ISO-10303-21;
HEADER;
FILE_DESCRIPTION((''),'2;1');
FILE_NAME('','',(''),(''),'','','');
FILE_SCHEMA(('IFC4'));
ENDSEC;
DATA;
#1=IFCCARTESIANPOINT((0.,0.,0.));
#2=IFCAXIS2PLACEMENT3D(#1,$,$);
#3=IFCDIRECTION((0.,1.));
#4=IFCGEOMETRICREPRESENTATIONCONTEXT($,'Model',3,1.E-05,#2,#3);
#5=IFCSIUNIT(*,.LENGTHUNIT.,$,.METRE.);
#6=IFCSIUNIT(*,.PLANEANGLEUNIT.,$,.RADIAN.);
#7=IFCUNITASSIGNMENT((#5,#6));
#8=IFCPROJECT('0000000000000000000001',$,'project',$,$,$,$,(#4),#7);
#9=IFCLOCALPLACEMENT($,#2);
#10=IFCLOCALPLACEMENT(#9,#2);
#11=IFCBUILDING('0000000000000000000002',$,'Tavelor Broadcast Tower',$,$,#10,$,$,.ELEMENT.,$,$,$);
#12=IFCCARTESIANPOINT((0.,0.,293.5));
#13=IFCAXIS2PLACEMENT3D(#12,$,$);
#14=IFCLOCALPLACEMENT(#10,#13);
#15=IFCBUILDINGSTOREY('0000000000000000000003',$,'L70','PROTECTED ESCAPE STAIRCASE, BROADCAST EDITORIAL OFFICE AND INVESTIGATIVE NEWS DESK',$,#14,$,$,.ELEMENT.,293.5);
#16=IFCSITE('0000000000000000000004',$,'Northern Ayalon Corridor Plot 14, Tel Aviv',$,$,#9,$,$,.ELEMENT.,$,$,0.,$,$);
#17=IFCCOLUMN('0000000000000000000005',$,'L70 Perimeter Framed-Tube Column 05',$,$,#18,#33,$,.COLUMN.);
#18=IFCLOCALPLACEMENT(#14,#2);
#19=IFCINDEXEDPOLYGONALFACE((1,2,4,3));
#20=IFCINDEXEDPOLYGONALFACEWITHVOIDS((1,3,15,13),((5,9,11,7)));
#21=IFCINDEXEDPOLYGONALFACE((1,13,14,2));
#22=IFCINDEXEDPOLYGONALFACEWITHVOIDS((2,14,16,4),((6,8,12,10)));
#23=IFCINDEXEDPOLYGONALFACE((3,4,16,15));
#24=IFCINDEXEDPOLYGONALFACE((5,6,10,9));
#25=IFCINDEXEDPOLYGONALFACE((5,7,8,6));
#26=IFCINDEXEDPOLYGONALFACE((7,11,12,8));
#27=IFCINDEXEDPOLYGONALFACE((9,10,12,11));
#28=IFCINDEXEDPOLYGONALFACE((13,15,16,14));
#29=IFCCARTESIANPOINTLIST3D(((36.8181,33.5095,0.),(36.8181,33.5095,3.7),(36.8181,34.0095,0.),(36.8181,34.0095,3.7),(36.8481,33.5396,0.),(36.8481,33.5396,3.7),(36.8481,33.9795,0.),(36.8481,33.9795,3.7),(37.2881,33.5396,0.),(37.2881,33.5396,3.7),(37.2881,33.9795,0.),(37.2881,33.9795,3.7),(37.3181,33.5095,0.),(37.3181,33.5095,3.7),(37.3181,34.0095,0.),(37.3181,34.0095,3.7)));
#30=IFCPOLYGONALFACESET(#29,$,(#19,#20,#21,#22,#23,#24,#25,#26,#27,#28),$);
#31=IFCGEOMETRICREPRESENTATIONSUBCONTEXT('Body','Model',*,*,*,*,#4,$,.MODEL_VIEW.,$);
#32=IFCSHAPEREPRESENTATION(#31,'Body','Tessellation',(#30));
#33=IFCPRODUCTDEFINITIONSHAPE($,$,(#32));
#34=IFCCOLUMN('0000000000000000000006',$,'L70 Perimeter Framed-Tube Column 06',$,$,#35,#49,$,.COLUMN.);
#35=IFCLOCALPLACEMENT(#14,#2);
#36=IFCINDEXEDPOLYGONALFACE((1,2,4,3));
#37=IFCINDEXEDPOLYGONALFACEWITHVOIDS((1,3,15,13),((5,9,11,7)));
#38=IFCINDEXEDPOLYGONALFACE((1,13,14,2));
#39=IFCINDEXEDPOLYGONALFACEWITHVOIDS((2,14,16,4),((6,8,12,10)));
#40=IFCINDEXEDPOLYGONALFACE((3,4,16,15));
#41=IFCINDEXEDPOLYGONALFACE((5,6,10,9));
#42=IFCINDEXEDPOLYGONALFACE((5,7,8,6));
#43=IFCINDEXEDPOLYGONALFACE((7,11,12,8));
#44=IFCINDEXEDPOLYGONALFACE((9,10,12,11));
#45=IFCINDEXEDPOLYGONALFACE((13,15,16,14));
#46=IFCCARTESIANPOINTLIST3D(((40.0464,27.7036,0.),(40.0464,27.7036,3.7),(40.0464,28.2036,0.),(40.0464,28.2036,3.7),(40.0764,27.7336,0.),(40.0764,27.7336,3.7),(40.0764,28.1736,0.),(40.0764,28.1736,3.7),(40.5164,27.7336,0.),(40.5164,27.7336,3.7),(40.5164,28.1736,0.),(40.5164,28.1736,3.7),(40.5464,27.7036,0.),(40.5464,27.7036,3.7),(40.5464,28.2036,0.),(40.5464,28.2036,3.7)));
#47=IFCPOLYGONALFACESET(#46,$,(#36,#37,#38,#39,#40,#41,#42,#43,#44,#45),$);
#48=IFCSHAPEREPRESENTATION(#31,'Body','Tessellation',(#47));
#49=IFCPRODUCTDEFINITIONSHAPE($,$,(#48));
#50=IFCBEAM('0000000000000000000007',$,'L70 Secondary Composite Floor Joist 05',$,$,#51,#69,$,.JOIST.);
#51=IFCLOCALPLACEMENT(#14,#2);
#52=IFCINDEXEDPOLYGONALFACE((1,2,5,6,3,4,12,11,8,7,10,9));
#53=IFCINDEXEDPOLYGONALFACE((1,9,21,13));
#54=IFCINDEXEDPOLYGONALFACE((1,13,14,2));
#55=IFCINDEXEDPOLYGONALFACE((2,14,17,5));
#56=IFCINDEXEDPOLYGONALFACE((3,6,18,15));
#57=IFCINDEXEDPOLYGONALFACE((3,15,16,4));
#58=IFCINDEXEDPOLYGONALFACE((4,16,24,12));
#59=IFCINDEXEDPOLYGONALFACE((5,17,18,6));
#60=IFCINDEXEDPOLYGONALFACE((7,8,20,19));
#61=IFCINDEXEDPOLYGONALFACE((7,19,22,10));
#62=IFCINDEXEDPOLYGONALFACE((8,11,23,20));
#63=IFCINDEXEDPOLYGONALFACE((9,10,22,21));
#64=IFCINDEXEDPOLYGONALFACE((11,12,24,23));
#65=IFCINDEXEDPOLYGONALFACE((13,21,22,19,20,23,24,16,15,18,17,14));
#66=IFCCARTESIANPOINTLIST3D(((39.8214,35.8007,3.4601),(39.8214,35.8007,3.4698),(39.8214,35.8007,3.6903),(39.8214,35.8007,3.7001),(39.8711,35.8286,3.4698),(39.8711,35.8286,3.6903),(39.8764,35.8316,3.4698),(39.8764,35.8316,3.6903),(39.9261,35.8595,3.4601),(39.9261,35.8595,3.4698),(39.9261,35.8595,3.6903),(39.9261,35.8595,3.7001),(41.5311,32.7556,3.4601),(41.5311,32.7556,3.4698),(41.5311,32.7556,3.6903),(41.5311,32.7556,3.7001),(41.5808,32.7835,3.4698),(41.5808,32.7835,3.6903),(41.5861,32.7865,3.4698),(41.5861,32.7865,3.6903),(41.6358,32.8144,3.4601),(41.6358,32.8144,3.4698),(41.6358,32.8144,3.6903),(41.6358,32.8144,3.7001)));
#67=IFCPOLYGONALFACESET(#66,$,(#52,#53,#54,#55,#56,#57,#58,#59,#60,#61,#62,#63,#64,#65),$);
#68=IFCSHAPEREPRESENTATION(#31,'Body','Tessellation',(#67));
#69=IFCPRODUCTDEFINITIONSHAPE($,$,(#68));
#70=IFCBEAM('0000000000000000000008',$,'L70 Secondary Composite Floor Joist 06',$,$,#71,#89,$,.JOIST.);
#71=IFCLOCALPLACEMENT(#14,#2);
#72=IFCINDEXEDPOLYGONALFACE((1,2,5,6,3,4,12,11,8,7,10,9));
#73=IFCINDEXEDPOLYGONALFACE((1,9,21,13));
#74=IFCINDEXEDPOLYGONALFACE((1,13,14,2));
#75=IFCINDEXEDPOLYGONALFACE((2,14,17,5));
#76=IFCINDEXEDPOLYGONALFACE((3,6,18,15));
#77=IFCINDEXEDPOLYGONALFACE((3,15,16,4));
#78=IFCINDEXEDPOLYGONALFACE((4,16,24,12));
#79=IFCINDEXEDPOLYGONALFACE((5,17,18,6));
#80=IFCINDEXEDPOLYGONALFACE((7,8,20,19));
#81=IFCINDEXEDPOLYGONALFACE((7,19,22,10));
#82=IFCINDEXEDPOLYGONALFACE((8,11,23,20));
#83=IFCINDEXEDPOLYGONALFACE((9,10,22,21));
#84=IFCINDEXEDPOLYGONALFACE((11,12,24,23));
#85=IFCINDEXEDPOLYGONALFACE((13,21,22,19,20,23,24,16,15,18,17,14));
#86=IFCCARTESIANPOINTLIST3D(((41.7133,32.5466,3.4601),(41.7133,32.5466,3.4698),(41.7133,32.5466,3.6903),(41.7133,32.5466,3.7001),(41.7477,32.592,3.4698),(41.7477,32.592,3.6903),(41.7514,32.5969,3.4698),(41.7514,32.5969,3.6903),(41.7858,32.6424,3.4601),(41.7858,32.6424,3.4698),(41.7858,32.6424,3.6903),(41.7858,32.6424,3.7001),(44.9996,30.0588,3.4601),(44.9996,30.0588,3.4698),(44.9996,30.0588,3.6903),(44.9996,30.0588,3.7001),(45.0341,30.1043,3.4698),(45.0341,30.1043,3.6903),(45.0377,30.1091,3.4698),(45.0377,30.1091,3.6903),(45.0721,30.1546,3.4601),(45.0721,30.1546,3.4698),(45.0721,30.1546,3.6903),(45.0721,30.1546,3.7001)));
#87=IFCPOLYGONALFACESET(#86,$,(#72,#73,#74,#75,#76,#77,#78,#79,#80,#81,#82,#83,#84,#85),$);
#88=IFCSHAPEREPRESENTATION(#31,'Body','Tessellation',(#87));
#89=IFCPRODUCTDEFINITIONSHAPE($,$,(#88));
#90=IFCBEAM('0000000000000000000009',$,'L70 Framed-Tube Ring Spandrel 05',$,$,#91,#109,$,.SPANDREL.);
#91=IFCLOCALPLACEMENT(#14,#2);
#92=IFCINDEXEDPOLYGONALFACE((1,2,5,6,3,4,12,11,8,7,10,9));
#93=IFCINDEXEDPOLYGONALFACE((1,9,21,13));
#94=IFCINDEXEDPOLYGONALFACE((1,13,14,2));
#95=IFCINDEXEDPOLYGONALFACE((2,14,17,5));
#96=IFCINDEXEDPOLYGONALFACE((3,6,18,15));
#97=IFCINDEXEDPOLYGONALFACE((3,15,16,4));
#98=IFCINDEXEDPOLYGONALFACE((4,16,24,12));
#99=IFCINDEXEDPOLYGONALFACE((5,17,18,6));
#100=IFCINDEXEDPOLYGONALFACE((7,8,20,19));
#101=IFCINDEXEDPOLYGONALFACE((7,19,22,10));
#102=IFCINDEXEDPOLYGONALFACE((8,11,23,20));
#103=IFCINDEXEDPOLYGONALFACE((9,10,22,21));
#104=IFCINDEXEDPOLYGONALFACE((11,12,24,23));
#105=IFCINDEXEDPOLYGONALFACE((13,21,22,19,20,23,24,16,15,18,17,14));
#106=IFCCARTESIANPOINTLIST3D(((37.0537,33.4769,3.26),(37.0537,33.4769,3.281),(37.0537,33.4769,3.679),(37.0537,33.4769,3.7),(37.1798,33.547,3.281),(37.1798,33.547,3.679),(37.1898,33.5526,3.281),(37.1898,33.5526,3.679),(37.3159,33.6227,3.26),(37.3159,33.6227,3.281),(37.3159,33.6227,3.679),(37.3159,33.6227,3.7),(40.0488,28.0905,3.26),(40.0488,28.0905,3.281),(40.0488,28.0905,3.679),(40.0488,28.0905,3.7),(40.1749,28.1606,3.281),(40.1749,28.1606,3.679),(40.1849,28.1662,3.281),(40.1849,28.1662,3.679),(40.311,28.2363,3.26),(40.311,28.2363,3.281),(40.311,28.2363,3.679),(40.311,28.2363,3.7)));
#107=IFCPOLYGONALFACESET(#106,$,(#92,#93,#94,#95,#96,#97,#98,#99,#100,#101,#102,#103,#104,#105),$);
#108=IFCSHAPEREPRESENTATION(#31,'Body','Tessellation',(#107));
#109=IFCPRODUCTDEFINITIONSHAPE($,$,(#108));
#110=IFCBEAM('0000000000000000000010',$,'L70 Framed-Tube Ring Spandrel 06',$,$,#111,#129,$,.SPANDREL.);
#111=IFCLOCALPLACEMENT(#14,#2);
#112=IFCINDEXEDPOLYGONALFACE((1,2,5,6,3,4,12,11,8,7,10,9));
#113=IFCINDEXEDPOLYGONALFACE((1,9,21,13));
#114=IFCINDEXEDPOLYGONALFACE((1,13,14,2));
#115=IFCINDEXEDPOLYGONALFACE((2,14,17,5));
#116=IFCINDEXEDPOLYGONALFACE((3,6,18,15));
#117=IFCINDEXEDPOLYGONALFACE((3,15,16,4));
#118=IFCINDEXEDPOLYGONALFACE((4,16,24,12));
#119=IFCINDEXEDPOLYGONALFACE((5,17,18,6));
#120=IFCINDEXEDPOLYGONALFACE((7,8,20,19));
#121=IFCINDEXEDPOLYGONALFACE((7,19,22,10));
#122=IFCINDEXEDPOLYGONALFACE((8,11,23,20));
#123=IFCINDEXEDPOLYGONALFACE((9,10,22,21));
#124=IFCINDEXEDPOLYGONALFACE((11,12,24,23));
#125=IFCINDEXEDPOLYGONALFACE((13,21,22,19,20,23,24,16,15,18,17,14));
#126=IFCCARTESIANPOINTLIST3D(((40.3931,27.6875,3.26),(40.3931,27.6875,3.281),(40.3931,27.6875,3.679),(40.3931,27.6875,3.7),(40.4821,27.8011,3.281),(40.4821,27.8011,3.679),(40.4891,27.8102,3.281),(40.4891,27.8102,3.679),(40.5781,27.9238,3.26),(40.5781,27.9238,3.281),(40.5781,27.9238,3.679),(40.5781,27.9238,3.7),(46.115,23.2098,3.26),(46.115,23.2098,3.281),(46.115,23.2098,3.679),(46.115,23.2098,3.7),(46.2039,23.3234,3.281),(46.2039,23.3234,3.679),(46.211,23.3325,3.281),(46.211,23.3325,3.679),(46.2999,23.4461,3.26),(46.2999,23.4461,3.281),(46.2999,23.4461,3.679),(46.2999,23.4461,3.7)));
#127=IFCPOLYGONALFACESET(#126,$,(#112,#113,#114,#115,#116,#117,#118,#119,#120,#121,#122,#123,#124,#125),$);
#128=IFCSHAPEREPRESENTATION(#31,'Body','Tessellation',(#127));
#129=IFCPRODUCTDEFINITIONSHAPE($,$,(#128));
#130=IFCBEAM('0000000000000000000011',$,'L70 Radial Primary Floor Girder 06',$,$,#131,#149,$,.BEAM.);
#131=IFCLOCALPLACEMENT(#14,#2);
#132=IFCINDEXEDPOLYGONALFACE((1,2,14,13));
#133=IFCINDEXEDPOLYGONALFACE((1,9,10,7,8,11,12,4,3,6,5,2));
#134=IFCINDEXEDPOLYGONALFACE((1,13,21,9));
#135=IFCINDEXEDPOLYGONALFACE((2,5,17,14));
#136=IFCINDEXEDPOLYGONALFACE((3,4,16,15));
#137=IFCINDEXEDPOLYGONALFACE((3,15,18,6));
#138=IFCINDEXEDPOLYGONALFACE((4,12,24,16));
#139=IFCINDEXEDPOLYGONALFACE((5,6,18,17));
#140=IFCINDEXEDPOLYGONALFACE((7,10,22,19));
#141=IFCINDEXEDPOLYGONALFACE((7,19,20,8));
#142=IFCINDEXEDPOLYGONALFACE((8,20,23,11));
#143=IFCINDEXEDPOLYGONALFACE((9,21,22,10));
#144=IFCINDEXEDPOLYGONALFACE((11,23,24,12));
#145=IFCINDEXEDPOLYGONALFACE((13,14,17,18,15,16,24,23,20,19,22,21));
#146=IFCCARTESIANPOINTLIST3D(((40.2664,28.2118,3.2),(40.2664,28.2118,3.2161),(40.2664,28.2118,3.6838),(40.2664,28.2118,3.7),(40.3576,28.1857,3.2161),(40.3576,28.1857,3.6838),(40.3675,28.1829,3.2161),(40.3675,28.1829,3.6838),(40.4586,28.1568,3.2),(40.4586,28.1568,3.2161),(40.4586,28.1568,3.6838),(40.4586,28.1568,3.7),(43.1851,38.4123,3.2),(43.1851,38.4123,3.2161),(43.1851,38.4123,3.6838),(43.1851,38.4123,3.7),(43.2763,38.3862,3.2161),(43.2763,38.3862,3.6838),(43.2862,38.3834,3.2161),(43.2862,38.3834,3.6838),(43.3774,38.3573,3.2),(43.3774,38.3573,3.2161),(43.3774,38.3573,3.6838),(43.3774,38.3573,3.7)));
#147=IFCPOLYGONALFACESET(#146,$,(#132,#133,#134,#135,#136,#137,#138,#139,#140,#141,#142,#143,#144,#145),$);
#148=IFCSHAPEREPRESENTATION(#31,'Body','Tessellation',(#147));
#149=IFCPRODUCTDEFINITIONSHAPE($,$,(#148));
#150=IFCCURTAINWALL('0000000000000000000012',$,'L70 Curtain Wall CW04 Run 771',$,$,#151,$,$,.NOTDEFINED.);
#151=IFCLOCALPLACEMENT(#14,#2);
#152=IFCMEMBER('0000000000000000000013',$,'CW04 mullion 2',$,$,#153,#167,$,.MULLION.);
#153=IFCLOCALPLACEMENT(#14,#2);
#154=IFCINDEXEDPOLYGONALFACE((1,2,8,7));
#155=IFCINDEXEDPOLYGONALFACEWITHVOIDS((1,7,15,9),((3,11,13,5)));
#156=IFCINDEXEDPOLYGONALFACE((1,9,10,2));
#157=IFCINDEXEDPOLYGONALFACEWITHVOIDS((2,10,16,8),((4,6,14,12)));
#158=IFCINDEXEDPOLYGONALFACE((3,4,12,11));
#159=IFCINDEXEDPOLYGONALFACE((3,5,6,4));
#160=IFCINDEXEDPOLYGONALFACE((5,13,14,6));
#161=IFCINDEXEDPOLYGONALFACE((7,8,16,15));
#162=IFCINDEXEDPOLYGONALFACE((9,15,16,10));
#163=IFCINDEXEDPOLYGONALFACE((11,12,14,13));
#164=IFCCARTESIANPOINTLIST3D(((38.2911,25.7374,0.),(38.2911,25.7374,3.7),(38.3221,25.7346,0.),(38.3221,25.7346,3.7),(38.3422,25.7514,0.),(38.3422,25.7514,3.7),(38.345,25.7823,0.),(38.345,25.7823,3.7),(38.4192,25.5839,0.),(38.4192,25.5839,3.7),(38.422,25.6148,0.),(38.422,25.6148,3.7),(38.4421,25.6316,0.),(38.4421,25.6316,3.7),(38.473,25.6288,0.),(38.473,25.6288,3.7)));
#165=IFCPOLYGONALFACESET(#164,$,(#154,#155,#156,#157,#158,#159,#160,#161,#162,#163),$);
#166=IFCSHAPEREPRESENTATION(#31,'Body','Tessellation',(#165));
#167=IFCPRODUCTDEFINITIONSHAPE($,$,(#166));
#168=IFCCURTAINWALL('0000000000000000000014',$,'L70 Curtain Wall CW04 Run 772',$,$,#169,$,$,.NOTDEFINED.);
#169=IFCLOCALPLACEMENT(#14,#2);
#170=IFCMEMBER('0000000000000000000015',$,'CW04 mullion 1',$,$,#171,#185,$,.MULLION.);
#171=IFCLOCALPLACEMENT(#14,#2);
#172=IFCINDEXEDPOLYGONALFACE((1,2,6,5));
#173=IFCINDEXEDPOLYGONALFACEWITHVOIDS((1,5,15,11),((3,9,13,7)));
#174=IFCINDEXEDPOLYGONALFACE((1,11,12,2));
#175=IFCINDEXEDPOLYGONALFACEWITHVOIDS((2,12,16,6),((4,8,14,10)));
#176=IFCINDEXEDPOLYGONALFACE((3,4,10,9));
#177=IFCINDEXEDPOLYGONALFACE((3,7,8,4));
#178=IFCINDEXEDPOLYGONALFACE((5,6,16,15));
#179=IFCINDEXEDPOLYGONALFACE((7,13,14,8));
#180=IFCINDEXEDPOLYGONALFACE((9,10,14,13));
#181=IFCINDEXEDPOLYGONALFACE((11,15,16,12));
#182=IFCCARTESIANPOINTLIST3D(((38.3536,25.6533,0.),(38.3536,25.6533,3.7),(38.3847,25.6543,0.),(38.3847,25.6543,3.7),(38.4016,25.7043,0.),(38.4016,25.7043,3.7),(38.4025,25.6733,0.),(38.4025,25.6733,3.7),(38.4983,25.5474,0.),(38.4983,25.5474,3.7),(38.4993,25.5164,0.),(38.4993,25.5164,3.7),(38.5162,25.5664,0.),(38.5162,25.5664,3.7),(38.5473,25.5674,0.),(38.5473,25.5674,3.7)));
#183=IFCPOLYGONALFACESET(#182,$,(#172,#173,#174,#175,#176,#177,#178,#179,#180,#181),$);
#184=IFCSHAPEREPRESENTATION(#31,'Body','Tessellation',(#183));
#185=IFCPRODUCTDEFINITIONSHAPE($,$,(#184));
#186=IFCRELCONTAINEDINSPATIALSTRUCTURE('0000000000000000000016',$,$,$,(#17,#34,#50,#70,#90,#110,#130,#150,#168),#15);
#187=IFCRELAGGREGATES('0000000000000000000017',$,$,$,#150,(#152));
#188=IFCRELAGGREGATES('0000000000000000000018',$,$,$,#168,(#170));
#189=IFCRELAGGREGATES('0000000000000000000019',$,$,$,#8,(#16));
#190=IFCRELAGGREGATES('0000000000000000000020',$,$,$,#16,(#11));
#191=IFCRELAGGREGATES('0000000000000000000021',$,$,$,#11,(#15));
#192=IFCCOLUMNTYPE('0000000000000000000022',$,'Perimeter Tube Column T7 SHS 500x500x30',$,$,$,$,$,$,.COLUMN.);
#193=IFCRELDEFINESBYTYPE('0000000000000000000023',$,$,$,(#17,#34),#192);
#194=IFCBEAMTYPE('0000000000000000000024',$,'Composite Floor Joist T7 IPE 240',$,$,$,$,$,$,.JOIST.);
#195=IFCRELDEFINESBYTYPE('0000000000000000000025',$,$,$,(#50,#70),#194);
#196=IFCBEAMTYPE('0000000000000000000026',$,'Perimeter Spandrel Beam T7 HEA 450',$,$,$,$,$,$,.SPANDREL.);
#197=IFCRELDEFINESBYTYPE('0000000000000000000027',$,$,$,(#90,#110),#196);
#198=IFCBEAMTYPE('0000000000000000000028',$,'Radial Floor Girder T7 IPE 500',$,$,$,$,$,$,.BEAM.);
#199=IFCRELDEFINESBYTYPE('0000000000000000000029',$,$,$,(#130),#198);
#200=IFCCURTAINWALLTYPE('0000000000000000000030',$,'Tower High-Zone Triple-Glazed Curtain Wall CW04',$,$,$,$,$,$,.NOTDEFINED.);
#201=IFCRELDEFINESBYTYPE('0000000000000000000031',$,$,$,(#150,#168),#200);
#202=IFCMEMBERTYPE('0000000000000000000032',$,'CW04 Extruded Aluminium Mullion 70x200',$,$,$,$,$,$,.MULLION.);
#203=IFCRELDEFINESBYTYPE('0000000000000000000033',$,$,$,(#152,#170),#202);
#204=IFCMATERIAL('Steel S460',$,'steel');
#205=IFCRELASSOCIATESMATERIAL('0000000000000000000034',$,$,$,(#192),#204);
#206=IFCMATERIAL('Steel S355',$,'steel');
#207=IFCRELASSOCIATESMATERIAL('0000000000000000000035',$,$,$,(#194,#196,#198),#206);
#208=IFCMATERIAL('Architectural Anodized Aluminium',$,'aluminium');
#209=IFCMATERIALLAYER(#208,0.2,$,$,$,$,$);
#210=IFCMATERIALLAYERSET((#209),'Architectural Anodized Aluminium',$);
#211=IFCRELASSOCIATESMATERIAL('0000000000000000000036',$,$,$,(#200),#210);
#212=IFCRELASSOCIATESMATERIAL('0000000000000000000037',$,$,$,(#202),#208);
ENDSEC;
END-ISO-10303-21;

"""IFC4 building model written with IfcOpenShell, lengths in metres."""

from ifc_helpers import new_model, si_unit, direction, frame, origin, origin_2d, place, context, subcontext, project, spatial, hollow_rectangle, i_section, extrude, source, transform, mapped, material, layer, layer_set, material_profile, profile_set, type_object, type_shapes, element, aggregate, save


model = new_model("IFC4")

# Units and contexts
model_context = context("Model", 3, precision=1e-05, world=origin(), true_north=direction((0.0, 1.0)))
body_context = subcontext(model_context, "Body", "Model", "MODEL_VIEW")
ifc_project = project(units=[si_unit("LENGTHUNIT", "METRE"), si_unit("PLANEANGLEUNIT", "RADIAN")], contexts=[model_context])

# Site, building, storey
site_placement = place(None, origin())
site = spatial("IfcSite", under=ifc_project, at=site_placement, Name="Northern Ayalon Corridor Plot 14, Tel Aviv", CompositionType="ELEMENT", RefElevation=0.0)
building_placement = place(site_placement, origin())
building = spatial("IfcBuilding", under=site, at=building_placement, Name="Tavelor Broadcast Tower", CompositionType="ELEMENT")
storey_placement = place(building_placement, frame((0.0, 0.0, 293.5)))
storey = spatial("IfcBuildingStorey", under=building, at=storey_placement, Name="L70", Description="PROTECTED ESCAPE STAIRCASE, BROADCAST EDITORIAL OFFICE AND INVESTIGATIVE NEWS DESK", CompositionType="ELEMENT", Elevation=293.5)

# Columns
ifc_material_1 = material(Name="Steel S460", Category="steel")
ifc_material_profile_1 = material_profile(ifc_material_1, hollow_rectangle(XDim=0.5, YDim=0.5, WallThickness=0.03, at=origin_2d()), Name="SHS 500x500x30")
ifc_profile_set_1 = profile_set([ifc_material_profile_1], Name="Steel S460")
column_type = type_object("IfcColumnType", Name="Perimeter Tube Column T7 SHS 500x500x30", PredefinedType="COLUMN", material=ifc_profile_set_1)
for number, where, z_axis, x_axis, name in (
    (1, (37.0681, 33.7595, 0.0), (0.0, 0.0, 1.0), (1.0, 0.0, 0.0), "L70 Perimeter Framed-Tube Column 05"),
    (2, (40.2964, 27.9536, 0.0), (0.0, 0.0, 1.0), (1.0, 0.0, 0.0), "L70 Perimeter Framed-Tube Column 06"),
):
    element("IfcColumn", number, at=place(storey_placement, frame(where, z_axis=z_axis, x_axis=x_axis)), inside=storey, type_object=column_type, Name=name, PredefinedType="COLUMN", context=body_context, shape_type="SweptSolid", body=[
        extrude(hollow_rectangle(XDim=0.5, YDim=0.5, WallThickness=0.03, at=origin_2d()), origin(), (0.0, 0.0, 1.0), 3.7),
    ])

# Beams
ifc_material_2 = material(Name="Steel S355", Category="steel")
ifc_material_profile_2 = material_profile(ifc_material_2, i_section(OverallWidth=0.1201, OverallDepth=0.24, WebThickness=0.0061, FlangeThickness=0.0098, at=origin_2d()), Name="IPE 240")
ifc_profile_set_2 = profile_set([ifc_material_profile_2], Name="Steel S355")
beam_type_1 = type_object("IfcBeamType", Name="Composite Floor Joist T7 IPE 240", PredefinedType="JOIST", material=ifc_profile_set_2)
beam_1_placement = place(storey_placement, frame((39.8738, 35.8301, 3.5801), z_axis=(0.489567, -0.871965, 0.0), x_axis=(0.871965, 0.489567, 0.0)))
element("IfcBeam", 3, at=beam_1_placement, inside=storey, type_object=beam_type_1, Name="L70 Secondary Composite Floor Joist 05", PredefinedType="JOIST", context=body_context, shape_type="SweptSolid", body=[
    extrude(i_section(OverallWidth=0.1201, OverallDepth=0.24, WebThickness=0.0061, FlangeThickness=0.0098, at=origin_2d()), origin(), (0.0, 0.0, 1.0), 3.4922),
])
beam_2_placement = place(storey_placement, frame((41.7495, 32.5945, 3.5801), z_axis=(0.797312, -0.603567, 0.0), x_axis=(0.603567, 0.797312, 0.0)))
element("IfcBeam", 4, at=beam_2_placement, inside=storey, type_object=beam_type_1, Name="L70 Secondary Composite Floor Joist 06", PredefinedType="JOIST", context=body_context, shape_type="SweptSolid", body=[
    extrude(i_section(OverallWidth=0.1201, OverallDepth=0.24, WebThickness=0.0061, FlangeThickness=0.0098, at=origin_2d()), origin(), (0.0, 0.0, 1.0), 4.1218),
])
ifc_material_profile_3 = material_profile(ifc_material_2, i_section(OverallWidth=0.3, OverallDepth=0.4399, WebThickness=0.0115, FlangeThickness=0.021, at=origin_2d()), Name="HEA 450")
ifc_profile_set_3 = profile_set([ifc_material_profile_3], Name="Steel S355")
beam_type_2 = type_object("IfcBeamType", Name="Perimeter Spandrel Beam T7 HEA 450", PredefinedType="SPANDREL", material=ifc_profile_set_3)
beam_3_placement = place(storey_placement, frame((37.1848, 33.5498, 3.48), z_axis=(0.485969, -0.873976, 0.0), x_axis=(0.873976, 0.485969, 0.0)))
element("IfcBeam", 5, at=beam_3_placement, inside=storey, type_object=beam_type_2, Name="L70 Framed-Tube Ring Spandrel 05", PredefinedType="SPANDREL", context=body_context, shape_type="SweptSolid", body=[
    extrude(i_section(OverallWidth=0.3, OverallDepth=0.4399, WebThickness=0.0115, FlangeThickness=0.021, at=origin_2d()), origin(), (0.0, 0.0, 1.0), 6.1631),
])
beam_4_placement = place(storey_placement, frame((40.4856, 27.8057, 3.48), z_axis=(0.787521, -0.616287, 0.0), x_axis=(0.616287, 0.787521, 0.0)))
element("IfcBeam", 6, at=beam_4_placement, inside=storey, type_object=beam_type_2, Name="L70 Framed-Tube Ring Spandrel 06", PredefinedType="SPANDREL", context=body_context, shape_type="SweptSolid", body=[
    extrude(i_section(OverallWidth=0.3, OverallDepth=0.4399, WebThickness=0.0115, FlangeThickness=0.021, at=origin_2d()), origin(), (0.0, 0.0, 1.0), 7.2656),
])
ifc_material_profile_4 = material_profile(ifc_material_2, i_section(OverallWidth=0.2, OverallDepth=0.5, WebThickness=0.0103, FlangeThickness=0.0161, at=origin_2d()), Name="IPE 500")
ifc_profile_set_4 = profile_set([ifc_material_profile_4], Name="Steel S355")
beam_type_3 = type_object("IfcBeamType", Name="Radial Floor Girder T7 IPE 500", PredefinedType="BEAM", material=ifc_profile_set_4)
beam_5_placement = place(storey_placement, frame((43.2812, 38.3848, 3.45), z_axis=(-0.275095, -0.961417, 0.0), x_axis=(0.961417, -0.275095, 0.0)))
element("IfcBeam", 7, at=beam_5_placement, inside=storey, type_object=beam_type_3, Name="L70 Radial Primary Floor Girder 06", PredefinedType="BEAM", context=body_context, shape_type="SweptSolid", body=[
    extrude(i_section(OverallWidth=0.2, OverallDepth=0.5, WebThickness=0.0103, FlangeThickness=0.0161, at=origin_2d()), origin(), (0.0, 0.0, 1.0), 10.6099),
])

# Curtain wall, member
ifc_material_3 = material(Name="Architectural Anodized Aluminium", Category="aluminium")
ifc_layer_1 = layer(ifc_material_3, 0.2)
ifc_layer_set_1 = layer_set([ifc_layer_1], Name="Architectural Anodized Aluminium")
curtain_wall_type = type_object("IfcCurtainWallType", Name="Tower High-Zone Triple-Glazed Curtain Wall CW04", PredefinedType="NOTDEFINED", material=ifc_layer_set_1)
curtain_wall_1_placement = place(storey_placement, origin())
curtain_wall_1 = element("IfcCurtainWall", 8, at=curtain_wall_1_placement, inside=storey, type_object=curtain_wall_type, Name="L70 Curtain Wall CW04 Run 771", PredefinedType="NOTDEFINED")
ifc_material_profile_5 = material_profile(ifc_material_3, hollow_rectangle(XDim=0.0701, YDim=0.2, WallThickness=0.022, at=origin_2d()), Name="RHS 70x200x22")
ifc_profile_set_5 = profile_set([ifc_material_profile_5], Name="Architectural Anodized Aluminium")
member_type_1 = type_object("IfcMemberType", Name="CW04 Extruded Aluminium Mullion 70x200", PredefinedType="MULLION", material=ifc_profile_set_5)
shared_shape_1 = source(origin(), body_context, "Body", "SweptSolid", [
    extrude(hollow_rectangle(XDim=0.0701, YDim=0.2, WallThickness=0.022, at=origin_2d()), origin(), (0.0, 0.0, 1.0), 3.7),
])
type_shapes(member_type_1, [shared_shape_1])
member_1_placement = place(storey_placement, frame((38.3821, 25.6831, 0.0), z_axis=(0.0, 0.0, 1.0), x_axis=(0.767999, 0.640451, 0.0)))
member_1 = element("IfcMember", 9, at=member_1_placement, type_object=member_type_1, Name="CW04 mullion 2", PredefinedType="MULLION", context=body_context, shape_type="MappedRepresentation", body=[
    mapped(shared_shape_1, transform((0.0, 0.0, 0.0), scale=1.0)),
])

# Curtain wall, member
curtain_wall_2_placement = place(storey_placement, origin())
curtain_wall_2 = element("IfcCurtainWall", 10, at=curtain_wall_2_placement, inside=storey, type_object=curtain_wall_type, Name="L70 Curtain Wall CW04 Run 772", PredefinedType="NOTDEFINED")
member_2_placement = place(storey_placement, frame((38.4504, 25.6104, 0.0), z_axis=(0.0, 0.0, 1.0), x_axis=(0.684848, 0.728686, 0.0)))
member_2 = element("IfcMember", 11, at=member_2_placement, type_object=member_type_1, Name="CW04 mullion 1", PredefinedType="MULLION", context=body_context, shape_type="MappedRepresentation", body=[
    mapped(shared_shape_1, transform((0.0, 0.0, 0.0), scale=1.0)),
])

aggregate(curtain_wall_1, [member_1])
aggregate(curtain_wall_2, [member_2])

save(model, "model.ifc")
